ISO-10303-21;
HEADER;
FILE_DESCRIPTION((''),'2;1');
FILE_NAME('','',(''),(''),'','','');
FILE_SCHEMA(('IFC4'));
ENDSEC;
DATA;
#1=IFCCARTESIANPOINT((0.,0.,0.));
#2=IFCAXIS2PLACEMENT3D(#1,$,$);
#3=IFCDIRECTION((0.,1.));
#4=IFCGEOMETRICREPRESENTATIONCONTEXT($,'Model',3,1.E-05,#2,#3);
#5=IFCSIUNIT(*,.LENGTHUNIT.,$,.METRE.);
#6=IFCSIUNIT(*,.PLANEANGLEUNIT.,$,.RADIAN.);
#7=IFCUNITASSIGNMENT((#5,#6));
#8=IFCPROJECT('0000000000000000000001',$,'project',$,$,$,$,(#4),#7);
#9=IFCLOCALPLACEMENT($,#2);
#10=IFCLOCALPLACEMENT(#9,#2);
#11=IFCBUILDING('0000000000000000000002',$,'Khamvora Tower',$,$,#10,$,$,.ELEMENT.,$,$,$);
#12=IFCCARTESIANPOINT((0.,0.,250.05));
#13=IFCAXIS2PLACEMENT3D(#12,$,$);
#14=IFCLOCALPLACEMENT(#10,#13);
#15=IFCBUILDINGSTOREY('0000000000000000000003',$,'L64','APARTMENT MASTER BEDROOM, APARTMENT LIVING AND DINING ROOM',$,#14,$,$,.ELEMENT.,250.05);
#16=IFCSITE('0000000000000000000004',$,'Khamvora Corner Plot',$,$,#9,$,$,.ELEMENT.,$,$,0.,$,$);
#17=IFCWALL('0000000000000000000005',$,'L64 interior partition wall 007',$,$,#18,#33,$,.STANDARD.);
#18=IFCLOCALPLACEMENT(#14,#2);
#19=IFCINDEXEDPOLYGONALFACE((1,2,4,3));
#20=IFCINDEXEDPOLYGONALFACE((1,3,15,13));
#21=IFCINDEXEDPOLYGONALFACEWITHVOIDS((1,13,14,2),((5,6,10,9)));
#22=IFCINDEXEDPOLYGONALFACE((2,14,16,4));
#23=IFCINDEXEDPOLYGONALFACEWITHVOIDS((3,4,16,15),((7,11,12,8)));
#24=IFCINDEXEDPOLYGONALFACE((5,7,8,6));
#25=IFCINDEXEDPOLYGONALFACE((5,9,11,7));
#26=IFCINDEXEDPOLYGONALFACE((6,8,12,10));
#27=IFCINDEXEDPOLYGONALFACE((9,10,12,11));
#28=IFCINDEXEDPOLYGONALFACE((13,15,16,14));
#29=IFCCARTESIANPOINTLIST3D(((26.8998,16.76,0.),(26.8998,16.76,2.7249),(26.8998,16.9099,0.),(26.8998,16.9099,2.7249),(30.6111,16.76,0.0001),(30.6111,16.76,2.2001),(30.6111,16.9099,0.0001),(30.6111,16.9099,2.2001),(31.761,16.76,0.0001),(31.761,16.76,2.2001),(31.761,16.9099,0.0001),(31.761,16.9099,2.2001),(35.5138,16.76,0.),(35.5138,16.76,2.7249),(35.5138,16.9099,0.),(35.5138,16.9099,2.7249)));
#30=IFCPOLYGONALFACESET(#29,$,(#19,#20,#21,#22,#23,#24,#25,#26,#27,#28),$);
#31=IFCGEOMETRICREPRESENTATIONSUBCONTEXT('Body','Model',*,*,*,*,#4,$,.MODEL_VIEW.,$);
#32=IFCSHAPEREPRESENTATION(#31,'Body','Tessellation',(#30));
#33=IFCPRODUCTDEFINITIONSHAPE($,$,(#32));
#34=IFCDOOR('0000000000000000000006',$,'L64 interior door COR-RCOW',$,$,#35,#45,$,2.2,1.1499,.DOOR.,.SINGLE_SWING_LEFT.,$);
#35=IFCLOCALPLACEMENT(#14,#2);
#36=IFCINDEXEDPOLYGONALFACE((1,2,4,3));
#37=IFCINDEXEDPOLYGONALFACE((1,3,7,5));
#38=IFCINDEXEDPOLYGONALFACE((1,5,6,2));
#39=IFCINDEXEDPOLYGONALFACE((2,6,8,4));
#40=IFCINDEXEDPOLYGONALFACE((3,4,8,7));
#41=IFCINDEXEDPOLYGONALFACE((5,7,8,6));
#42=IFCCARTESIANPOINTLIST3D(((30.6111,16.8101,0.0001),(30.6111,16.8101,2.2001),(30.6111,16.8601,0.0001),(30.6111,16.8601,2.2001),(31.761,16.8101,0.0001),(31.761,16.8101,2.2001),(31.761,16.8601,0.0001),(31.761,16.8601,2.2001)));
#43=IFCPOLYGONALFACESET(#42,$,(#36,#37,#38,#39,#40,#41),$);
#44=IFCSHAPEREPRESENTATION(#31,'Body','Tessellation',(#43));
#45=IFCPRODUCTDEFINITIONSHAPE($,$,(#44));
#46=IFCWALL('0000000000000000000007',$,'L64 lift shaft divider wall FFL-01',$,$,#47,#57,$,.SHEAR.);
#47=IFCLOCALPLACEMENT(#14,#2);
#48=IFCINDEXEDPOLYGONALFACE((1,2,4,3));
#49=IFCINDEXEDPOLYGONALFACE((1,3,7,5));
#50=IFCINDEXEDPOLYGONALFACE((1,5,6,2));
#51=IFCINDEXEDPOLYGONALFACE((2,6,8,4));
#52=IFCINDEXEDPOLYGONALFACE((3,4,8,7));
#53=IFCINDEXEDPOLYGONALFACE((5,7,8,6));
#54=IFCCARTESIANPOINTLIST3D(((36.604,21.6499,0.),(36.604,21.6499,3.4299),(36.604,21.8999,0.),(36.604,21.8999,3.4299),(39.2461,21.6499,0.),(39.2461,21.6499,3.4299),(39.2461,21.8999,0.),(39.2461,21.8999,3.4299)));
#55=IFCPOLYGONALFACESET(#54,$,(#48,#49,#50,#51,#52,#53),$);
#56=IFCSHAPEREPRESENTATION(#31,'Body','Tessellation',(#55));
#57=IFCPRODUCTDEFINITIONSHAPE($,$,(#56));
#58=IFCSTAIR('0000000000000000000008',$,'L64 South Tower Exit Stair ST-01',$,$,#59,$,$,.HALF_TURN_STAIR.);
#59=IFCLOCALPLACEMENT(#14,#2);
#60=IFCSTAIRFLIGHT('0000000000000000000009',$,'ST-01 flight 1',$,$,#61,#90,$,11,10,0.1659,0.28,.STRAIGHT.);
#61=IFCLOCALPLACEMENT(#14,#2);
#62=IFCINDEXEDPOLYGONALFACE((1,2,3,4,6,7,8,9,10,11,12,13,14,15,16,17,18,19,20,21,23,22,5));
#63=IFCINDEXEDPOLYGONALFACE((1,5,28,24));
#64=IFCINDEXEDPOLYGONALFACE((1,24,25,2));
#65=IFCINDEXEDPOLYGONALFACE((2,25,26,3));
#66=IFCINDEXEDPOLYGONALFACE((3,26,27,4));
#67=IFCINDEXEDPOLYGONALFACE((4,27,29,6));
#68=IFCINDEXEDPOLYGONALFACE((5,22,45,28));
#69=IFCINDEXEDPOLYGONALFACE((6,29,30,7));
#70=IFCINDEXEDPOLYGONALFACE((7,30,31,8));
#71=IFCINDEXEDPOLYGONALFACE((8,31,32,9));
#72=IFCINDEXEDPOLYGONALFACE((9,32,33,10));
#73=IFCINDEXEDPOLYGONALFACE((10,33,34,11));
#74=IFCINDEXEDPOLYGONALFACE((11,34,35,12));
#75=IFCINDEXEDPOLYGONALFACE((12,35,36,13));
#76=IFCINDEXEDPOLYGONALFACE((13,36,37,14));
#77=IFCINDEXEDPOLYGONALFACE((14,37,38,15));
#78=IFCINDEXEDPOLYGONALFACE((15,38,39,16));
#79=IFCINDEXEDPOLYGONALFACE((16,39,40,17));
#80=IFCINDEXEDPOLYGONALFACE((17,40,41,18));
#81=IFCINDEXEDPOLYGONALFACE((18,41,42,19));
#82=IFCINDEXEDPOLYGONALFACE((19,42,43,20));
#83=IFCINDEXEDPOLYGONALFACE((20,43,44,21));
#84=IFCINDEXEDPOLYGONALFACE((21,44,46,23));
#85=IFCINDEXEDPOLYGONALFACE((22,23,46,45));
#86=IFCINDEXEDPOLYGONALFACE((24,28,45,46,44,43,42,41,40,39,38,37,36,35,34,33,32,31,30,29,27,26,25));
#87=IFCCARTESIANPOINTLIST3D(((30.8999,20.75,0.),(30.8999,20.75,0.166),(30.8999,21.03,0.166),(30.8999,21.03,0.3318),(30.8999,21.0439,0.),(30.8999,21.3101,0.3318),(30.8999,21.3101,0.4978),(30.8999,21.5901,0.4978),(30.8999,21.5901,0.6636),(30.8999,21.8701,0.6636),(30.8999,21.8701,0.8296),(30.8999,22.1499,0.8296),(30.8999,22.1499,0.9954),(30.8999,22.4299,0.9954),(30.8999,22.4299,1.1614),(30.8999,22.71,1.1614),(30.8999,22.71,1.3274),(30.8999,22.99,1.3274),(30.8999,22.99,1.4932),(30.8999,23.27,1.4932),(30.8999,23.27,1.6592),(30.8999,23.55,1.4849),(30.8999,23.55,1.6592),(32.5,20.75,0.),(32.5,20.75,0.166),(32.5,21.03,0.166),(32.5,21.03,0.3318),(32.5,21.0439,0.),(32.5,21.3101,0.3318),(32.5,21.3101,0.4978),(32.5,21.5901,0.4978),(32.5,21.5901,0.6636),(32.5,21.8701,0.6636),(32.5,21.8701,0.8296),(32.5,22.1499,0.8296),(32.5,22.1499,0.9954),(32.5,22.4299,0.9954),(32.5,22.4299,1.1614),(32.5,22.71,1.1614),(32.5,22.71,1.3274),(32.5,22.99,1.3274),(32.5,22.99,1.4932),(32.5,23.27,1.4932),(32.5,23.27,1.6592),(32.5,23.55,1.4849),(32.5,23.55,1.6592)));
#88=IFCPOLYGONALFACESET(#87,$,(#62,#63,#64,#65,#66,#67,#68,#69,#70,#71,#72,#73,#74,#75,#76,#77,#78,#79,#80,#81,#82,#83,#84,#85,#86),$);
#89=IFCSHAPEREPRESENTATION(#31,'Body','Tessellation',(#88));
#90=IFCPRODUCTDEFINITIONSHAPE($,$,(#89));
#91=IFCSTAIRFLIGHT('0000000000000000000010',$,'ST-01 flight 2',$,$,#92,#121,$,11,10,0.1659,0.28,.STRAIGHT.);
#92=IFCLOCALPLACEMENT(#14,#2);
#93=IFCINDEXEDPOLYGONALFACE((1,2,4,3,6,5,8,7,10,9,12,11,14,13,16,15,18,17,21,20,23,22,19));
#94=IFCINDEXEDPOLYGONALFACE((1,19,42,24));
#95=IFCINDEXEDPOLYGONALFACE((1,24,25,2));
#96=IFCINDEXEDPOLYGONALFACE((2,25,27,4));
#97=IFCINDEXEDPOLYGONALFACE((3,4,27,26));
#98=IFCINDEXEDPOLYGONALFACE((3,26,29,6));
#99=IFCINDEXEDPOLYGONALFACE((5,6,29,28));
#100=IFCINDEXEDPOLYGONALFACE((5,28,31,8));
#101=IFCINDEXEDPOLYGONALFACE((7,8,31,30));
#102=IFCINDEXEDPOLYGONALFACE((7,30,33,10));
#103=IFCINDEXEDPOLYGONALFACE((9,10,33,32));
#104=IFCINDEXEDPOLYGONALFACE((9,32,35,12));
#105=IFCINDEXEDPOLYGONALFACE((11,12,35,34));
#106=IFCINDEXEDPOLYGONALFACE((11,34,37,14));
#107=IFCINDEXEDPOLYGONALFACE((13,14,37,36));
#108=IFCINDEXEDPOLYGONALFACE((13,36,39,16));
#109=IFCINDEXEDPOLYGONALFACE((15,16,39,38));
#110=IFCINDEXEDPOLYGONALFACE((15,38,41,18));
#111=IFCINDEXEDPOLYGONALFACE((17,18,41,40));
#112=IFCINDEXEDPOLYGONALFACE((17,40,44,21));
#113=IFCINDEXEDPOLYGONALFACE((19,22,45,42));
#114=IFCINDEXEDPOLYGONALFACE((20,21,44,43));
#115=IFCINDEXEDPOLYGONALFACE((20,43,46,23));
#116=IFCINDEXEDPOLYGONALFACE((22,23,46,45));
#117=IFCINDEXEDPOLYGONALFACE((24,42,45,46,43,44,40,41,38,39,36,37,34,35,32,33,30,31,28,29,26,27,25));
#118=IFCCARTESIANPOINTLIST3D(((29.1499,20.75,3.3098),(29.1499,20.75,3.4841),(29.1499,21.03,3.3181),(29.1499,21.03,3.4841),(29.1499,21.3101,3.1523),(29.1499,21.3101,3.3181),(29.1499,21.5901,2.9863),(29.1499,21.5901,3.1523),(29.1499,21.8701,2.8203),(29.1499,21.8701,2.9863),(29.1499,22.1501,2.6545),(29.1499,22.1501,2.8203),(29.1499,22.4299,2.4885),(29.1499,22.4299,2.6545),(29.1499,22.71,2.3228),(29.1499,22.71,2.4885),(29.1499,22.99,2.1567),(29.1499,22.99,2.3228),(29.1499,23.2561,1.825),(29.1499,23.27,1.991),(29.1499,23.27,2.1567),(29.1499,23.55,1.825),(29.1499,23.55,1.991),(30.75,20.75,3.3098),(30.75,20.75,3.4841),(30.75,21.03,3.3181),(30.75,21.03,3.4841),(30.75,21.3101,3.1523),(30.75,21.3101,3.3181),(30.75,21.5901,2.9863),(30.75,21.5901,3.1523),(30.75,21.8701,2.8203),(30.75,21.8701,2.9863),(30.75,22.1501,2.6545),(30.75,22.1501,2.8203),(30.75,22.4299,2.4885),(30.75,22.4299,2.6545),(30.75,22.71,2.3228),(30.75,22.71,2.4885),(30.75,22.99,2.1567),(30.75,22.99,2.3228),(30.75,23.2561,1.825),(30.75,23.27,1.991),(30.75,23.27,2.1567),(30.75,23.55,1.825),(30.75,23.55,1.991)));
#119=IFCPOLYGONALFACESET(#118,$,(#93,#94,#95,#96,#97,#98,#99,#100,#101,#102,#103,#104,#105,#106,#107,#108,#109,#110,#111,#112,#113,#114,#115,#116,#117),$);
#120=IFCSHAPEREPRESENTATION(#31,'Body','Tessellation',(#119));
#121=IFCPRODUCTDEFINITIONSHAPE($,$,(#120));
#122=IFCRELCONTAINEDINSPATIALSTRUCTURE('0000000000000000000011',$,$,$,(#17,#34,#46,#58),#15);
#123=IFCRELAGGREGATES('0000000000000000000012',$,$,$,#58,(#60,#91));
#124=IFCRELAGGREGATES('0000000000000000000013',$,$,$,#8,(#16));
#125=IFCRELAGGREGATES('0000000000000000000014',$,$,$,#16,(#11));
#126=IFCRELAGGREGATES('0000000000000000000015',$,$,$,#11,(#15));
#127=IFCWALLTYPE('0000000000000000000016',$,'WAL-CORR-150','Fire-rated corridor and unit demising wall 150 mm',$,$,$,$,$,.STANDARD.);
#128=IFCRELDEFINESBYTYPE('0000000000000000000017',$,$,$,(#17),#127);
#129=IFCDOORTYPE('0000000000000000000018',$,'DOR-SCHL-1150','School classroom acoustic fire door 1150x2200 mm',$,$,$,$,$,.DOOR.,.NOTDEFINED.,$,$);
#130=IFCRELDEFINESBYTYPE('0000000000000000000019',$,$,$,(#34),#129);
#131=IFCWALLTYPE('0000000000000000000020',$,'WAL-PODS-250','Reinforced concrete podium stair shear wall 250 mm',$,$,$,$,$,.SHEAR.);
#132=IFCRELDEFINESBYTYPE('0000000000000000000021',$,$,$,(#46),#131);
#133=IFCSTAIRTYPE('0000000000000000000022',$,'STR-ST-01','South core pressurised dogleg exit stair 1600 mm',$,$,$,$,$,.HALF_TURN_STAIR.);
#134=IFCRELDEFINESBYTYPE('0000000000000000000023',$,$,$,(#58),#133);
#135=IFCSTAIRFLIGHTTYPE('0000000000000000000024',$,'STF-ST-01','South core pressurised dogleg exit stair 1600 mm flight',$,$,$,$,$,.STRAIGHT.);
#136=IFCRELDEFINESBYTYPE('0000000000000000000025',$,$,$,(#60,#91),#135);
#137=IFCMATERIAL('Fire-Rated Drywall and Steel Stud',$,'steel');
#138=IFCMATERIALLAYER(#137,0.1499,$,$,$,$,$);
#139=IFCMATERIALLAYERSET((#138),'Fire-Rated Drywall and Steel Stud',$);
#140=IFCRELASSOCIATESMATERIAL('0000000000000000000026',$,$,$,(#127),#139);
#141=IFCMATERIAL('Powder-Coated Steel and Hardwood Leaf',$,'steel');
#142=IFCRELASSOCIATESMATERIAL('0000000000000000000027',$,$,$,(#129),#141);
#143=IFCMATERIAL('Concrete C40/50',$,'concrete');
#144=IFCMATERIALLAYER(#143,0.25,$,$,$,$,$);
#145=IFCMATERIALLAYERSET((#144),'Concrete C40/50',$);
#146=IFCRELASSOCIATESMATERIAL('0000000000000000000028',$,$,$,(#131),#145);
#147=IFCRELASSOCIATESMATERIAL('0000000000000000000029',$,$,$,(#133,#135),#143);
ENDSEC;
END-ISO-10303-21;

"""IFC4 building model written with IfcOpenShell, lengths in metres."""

from ifc_helpers import new_model, si_unit, direction, frame, frame_2d, origin, place, context, subcontext, project, spatial, polyline, rectangle, outline, extrude, material, layer, layer_set, type_object, element, fill, aggregate, save


model = new_model("IFC4")

# Units and contexts
model_context = context("Model", 3, precision=1e-05, world=origin(), true_north=direction((0.0, 1.0)))
body_context = subcontext(model_context, "Body", "Model", "MODEL_VIEW")
ifc_project = project(units=[si_unit("LENGTHUNIT", "METRE"), si_unit("PLANEANGLEUNIT", "RADIAN")], contexts=[model_context])

# Site, building, storey
site_placement = place(None, origin())
site = spatial("IfcSite", under=ifc_project, at=site_placement, Name="Khamvora Corner Plot", CompositionType="ELEMENT", RefElevation=0.0)
building_placement = place(site_placement, origin())
building = spatial("IfcBuilding", under=site, at=building_placement, Name="Khamvora Tower", CompositionType="ELEMENT")
storey_placement = place(building_placement, frame((0.0, 0.0, 250.05)))
storey = spatial("IfcBuildingStorey", under=building, at=storey_placement, Name="L64", Description="APARTMENT MASTER BEDROOM, APARTMENT LIVING AND DINING ROOM", CompositionType="ELEMENT", Elevation=250.05)

# Shared definitions
ifc_material_1 = material(Name="Powder-Coated Steel and Hardwood Leaf", Category="steel")

# Wall, opening, door
ifc_material_2 = material(Name="Fire-Rated Drywall and Steel Stud", Category="steel")
ifc_layer_1 = layer(ifc_material_2, 0.1499)
ifc_layer_set_1 = layer_set([ifc_layer_1], Name="Fire-Rated Drywall and Steel Stud")
wall_type_1 = type_object("IfcWallType", Name="WAL-CORR-150", Description="Fire-rated corridor and unit demising wall 150 mm", PredefinedType="STANDARD", material=ifc_layer_set_1)
wall_1_placement = place(storey_placement, frame((35.5139, 16.835, 0.0), z_axis=(0.0, 0.0, 1.0), x_axis=(-1.0, 0.0, 0.0)))
wall_1 = element("IfcWall", 1, at=wall_1_placement, inside=storey, type_object=wall_type_1, Name="L64 interior partition wall 007", PredefinedType="STANDARD", context=body_context, shape_type="SweptSolid", body=[
    extrude(rectangle(XDim=8.614, YDim=0.1499, at=frame_2d((4.3071, 0.0))), origin(), (0.0, 0.0, 1.0), 2.7249),
])
opening_1_placement = place(wall_1_placement, frame((3.7529, 0.0, 0.0)))
opening_1 = element("IfcOpeningElement", 2, at=opening_1_placement, cuts=wall_1, PredefinedType="OPENING", context=body_context, shape_type="SweptSolid", body=[
    extrude(rectangle(XDim=1.1499, YDim=2.2, at=frame_2d((0.575, 1.1001))), frame((0.0, 0.085, 0.0), z_axis=(0.0, -1.0, 0.0), x_axis=(1.0, 0.0, 0.0)), (0.0, 0.0, 1.0), 0.1699),
])
door_type_1 = type_object("IfcDoorType", Name="DOR-SCHL-1150", Description="School classroom acoustic fire door 1150x2200 mm", OperationType="NOTDEFINED", PredefinedType="DOOR", material=ifc_material_1)
door_1_placement = place(opening_1_placement, origin())
door_1 = element("IfcDoor", 3, at=door_1_placement, inside=storey, type_object=door_type_1, Name="L64 interior door COR-RCOW", OperationType="SINGLE_SWING_LEFT", OverallHeight=2.2, OverallWidth=1.1499, PredefinedType="DOOR", context=body_context, shape_type="SweptSolid", body=[
    extrude(rectangle(XDim=1.1499, YDim=2.2, at=frame_2d((0.575, 1.1001))), frame((0.0, 0.0249, 0.0), z_axis=(0.0, -1.0, 0.0), x_axis=(1.0, 0.0, 0.0)), (0.0, 0.0, 1.0), 0.05),
])
fill(opening_1, door_1)

# Wall
ifc_material_3 = material(Name="Concrete C40/50", Category="concrete")
ifc_layer_2 = layer(ifc_material_3, 0.25)
ifc_layer_set_2 = layer_set([ifc_layer_2], Name="Concrete C40/50")
wall_type_2 = type_object("IfcWallType", Name="WAL-PODS-250", Description="Reinforced concrete podium stair shear wall 250 mm", PredefinedType="SHEAR", material=ifc_layer_set_2)
wall_2_placement = place(storey_placement, frame((36.604, 21.7749, 0.0), z_axis=(0.0, 0.0, 1.0), x_axis=(1.0, 0.0, 0.0)))
element("IfcWall", 4, at=wall_2_placement, inside=storey, type_object=wall_type_2, Name="L64 lift shaft divider wall FFL-01", PredefinedType="SHEAR", context=body_context, shape_type="SweptSolid", body=[
    extrude(rectangle(XDim=2.6421, YDim=0.25, at=frame_2d((1.321, 0.0))), origin(), (0.0, 0.0, 1.0), 3.4299),
])

# Stair, stair flights
stair_type = type_object("IfcStairType", Name="STR-ST-01", Description="South core pressurised dogleg exit stair 1600 mm", PredefinedType="HALF_TURN_STAIR", material=ifc_material_3)
stair_placement = place(storey_placement, origin())
stair = element("IfcStair", 5, at=stair_placement, inside=storey, type_object=stair_type, Name="L64 South Tower Exit Stair ST-01", PredefinedType="HALF_TURN_STAIR")
stair_flight_type = type_object("IfcStairFlightType", Name="STF-ST-01", Description="South core pressurised dogleg exit stair 1600 mm flight", PredefinedType="STRAIGHT", material=ifc_material_3)
stair_flight_1_placement = place(storey_placement, frame((31.7, 20.75, 0.0), z_axis=(0.0, 0.0, 1.0), x_axis=(0.0, 1.0, 0.0)))
stair_flight_1 = element("IfcStairFlight", 6, at=stair_flight_1_placement, type_object=stair_flight_type, Name="ST-01 flight 1", NumberOfRisers=11, NumberOfTreads=10, PredefinedType="STRAIGHT", RiserHeight=0.1659, TreadLength=0.28, context=body_context, shape_type="SweptSolid", body=[
    extrude(outline(polyline([(0.0, 0.0), (0.0, 0.166), (0.28, 0.166), (0.28, 0.3318), (0.5601, 0.3318), (0.5601, 0.4978), (0.8401, 0.4978), (0.8401, 0.6636), (1.1201, 0.6636), (1.1201, 0.8296), (1.3999, 0.8296), (1.3999, 0.9954), (1.6799, 0.9954), (1.6799, 1.1614), (1.96, 1.1614), (1.96, 1.3274), (2.24, 1.3274), (2.24, 1.4932), (2.52, 1.4932), (2.52, 1.6592), (2.8, 1.6592), (2.8, 1.825), (2.8, 1.4849), (0.2939, 0.0), (0.0, 0.0)])), frame((0.0, 0.8, 0.0), z_axis=(0.0, -1.0, 0.0), x_axis=(1.0, 0.0, 0.0)), (0.0, 0.0, 1.0), 1.6001),
])
stair_flight_2_placement = place(storey_placement, frame((29.95, 23.55, 1.825), z_axis=(0.0, 0.0, 1.0), x_axis=(0.0, -1.0, 0.0)))
stair_flight_2 = element("IfcStairFlight", 7, at=stair_flight_2_placement, type_object=stair_flight_type, Name="ST-01 flight 2", NumberOfRisers=11, NumberOfTreads=10, PredefinedType="STRAIGHT", RiserHeight=0.1659, TreadLength=0.28, context=body_context, shape_type="SweptSolid", body=[
    extrude(outline(polyline([(0.0, 0.0), (0.0, 0.166), (0.28, 0.166), (0.28, 0.3318), (0.5601, 0.3318), (0.5601, 0.4978), (0.8401, 0.4978), (0.8401, 0.6636), (1.1201, 0.6636), (1.1201, 0.8296), (1.3999, 0.8296), (1.3999, 0.9954), (1.6799, 0.9954), (1.6799, 1.1614), (1.96, 1.1614), (1.96, 1.3274), (2.24, 1.3274), (2.24, 1.4932), (2.52, 1.4932), (2.52, 1.6592), (2.8, 1.6592), (2.8, 1.825), (2.8, 1.4849), (0.2939, 0.0), (0.0, 0.0)])), frame((0.0, 0.8, 0.0), z_axis=(0.0, -1.0, 0.0), x_axis=(1.0, 0.0, 0.0)), (0.0, 0.0, 1.0), 1.6001),
])
aggregate(stair, [stair_flight_1, stair_flight_2])

save(model, "model.ifc")
